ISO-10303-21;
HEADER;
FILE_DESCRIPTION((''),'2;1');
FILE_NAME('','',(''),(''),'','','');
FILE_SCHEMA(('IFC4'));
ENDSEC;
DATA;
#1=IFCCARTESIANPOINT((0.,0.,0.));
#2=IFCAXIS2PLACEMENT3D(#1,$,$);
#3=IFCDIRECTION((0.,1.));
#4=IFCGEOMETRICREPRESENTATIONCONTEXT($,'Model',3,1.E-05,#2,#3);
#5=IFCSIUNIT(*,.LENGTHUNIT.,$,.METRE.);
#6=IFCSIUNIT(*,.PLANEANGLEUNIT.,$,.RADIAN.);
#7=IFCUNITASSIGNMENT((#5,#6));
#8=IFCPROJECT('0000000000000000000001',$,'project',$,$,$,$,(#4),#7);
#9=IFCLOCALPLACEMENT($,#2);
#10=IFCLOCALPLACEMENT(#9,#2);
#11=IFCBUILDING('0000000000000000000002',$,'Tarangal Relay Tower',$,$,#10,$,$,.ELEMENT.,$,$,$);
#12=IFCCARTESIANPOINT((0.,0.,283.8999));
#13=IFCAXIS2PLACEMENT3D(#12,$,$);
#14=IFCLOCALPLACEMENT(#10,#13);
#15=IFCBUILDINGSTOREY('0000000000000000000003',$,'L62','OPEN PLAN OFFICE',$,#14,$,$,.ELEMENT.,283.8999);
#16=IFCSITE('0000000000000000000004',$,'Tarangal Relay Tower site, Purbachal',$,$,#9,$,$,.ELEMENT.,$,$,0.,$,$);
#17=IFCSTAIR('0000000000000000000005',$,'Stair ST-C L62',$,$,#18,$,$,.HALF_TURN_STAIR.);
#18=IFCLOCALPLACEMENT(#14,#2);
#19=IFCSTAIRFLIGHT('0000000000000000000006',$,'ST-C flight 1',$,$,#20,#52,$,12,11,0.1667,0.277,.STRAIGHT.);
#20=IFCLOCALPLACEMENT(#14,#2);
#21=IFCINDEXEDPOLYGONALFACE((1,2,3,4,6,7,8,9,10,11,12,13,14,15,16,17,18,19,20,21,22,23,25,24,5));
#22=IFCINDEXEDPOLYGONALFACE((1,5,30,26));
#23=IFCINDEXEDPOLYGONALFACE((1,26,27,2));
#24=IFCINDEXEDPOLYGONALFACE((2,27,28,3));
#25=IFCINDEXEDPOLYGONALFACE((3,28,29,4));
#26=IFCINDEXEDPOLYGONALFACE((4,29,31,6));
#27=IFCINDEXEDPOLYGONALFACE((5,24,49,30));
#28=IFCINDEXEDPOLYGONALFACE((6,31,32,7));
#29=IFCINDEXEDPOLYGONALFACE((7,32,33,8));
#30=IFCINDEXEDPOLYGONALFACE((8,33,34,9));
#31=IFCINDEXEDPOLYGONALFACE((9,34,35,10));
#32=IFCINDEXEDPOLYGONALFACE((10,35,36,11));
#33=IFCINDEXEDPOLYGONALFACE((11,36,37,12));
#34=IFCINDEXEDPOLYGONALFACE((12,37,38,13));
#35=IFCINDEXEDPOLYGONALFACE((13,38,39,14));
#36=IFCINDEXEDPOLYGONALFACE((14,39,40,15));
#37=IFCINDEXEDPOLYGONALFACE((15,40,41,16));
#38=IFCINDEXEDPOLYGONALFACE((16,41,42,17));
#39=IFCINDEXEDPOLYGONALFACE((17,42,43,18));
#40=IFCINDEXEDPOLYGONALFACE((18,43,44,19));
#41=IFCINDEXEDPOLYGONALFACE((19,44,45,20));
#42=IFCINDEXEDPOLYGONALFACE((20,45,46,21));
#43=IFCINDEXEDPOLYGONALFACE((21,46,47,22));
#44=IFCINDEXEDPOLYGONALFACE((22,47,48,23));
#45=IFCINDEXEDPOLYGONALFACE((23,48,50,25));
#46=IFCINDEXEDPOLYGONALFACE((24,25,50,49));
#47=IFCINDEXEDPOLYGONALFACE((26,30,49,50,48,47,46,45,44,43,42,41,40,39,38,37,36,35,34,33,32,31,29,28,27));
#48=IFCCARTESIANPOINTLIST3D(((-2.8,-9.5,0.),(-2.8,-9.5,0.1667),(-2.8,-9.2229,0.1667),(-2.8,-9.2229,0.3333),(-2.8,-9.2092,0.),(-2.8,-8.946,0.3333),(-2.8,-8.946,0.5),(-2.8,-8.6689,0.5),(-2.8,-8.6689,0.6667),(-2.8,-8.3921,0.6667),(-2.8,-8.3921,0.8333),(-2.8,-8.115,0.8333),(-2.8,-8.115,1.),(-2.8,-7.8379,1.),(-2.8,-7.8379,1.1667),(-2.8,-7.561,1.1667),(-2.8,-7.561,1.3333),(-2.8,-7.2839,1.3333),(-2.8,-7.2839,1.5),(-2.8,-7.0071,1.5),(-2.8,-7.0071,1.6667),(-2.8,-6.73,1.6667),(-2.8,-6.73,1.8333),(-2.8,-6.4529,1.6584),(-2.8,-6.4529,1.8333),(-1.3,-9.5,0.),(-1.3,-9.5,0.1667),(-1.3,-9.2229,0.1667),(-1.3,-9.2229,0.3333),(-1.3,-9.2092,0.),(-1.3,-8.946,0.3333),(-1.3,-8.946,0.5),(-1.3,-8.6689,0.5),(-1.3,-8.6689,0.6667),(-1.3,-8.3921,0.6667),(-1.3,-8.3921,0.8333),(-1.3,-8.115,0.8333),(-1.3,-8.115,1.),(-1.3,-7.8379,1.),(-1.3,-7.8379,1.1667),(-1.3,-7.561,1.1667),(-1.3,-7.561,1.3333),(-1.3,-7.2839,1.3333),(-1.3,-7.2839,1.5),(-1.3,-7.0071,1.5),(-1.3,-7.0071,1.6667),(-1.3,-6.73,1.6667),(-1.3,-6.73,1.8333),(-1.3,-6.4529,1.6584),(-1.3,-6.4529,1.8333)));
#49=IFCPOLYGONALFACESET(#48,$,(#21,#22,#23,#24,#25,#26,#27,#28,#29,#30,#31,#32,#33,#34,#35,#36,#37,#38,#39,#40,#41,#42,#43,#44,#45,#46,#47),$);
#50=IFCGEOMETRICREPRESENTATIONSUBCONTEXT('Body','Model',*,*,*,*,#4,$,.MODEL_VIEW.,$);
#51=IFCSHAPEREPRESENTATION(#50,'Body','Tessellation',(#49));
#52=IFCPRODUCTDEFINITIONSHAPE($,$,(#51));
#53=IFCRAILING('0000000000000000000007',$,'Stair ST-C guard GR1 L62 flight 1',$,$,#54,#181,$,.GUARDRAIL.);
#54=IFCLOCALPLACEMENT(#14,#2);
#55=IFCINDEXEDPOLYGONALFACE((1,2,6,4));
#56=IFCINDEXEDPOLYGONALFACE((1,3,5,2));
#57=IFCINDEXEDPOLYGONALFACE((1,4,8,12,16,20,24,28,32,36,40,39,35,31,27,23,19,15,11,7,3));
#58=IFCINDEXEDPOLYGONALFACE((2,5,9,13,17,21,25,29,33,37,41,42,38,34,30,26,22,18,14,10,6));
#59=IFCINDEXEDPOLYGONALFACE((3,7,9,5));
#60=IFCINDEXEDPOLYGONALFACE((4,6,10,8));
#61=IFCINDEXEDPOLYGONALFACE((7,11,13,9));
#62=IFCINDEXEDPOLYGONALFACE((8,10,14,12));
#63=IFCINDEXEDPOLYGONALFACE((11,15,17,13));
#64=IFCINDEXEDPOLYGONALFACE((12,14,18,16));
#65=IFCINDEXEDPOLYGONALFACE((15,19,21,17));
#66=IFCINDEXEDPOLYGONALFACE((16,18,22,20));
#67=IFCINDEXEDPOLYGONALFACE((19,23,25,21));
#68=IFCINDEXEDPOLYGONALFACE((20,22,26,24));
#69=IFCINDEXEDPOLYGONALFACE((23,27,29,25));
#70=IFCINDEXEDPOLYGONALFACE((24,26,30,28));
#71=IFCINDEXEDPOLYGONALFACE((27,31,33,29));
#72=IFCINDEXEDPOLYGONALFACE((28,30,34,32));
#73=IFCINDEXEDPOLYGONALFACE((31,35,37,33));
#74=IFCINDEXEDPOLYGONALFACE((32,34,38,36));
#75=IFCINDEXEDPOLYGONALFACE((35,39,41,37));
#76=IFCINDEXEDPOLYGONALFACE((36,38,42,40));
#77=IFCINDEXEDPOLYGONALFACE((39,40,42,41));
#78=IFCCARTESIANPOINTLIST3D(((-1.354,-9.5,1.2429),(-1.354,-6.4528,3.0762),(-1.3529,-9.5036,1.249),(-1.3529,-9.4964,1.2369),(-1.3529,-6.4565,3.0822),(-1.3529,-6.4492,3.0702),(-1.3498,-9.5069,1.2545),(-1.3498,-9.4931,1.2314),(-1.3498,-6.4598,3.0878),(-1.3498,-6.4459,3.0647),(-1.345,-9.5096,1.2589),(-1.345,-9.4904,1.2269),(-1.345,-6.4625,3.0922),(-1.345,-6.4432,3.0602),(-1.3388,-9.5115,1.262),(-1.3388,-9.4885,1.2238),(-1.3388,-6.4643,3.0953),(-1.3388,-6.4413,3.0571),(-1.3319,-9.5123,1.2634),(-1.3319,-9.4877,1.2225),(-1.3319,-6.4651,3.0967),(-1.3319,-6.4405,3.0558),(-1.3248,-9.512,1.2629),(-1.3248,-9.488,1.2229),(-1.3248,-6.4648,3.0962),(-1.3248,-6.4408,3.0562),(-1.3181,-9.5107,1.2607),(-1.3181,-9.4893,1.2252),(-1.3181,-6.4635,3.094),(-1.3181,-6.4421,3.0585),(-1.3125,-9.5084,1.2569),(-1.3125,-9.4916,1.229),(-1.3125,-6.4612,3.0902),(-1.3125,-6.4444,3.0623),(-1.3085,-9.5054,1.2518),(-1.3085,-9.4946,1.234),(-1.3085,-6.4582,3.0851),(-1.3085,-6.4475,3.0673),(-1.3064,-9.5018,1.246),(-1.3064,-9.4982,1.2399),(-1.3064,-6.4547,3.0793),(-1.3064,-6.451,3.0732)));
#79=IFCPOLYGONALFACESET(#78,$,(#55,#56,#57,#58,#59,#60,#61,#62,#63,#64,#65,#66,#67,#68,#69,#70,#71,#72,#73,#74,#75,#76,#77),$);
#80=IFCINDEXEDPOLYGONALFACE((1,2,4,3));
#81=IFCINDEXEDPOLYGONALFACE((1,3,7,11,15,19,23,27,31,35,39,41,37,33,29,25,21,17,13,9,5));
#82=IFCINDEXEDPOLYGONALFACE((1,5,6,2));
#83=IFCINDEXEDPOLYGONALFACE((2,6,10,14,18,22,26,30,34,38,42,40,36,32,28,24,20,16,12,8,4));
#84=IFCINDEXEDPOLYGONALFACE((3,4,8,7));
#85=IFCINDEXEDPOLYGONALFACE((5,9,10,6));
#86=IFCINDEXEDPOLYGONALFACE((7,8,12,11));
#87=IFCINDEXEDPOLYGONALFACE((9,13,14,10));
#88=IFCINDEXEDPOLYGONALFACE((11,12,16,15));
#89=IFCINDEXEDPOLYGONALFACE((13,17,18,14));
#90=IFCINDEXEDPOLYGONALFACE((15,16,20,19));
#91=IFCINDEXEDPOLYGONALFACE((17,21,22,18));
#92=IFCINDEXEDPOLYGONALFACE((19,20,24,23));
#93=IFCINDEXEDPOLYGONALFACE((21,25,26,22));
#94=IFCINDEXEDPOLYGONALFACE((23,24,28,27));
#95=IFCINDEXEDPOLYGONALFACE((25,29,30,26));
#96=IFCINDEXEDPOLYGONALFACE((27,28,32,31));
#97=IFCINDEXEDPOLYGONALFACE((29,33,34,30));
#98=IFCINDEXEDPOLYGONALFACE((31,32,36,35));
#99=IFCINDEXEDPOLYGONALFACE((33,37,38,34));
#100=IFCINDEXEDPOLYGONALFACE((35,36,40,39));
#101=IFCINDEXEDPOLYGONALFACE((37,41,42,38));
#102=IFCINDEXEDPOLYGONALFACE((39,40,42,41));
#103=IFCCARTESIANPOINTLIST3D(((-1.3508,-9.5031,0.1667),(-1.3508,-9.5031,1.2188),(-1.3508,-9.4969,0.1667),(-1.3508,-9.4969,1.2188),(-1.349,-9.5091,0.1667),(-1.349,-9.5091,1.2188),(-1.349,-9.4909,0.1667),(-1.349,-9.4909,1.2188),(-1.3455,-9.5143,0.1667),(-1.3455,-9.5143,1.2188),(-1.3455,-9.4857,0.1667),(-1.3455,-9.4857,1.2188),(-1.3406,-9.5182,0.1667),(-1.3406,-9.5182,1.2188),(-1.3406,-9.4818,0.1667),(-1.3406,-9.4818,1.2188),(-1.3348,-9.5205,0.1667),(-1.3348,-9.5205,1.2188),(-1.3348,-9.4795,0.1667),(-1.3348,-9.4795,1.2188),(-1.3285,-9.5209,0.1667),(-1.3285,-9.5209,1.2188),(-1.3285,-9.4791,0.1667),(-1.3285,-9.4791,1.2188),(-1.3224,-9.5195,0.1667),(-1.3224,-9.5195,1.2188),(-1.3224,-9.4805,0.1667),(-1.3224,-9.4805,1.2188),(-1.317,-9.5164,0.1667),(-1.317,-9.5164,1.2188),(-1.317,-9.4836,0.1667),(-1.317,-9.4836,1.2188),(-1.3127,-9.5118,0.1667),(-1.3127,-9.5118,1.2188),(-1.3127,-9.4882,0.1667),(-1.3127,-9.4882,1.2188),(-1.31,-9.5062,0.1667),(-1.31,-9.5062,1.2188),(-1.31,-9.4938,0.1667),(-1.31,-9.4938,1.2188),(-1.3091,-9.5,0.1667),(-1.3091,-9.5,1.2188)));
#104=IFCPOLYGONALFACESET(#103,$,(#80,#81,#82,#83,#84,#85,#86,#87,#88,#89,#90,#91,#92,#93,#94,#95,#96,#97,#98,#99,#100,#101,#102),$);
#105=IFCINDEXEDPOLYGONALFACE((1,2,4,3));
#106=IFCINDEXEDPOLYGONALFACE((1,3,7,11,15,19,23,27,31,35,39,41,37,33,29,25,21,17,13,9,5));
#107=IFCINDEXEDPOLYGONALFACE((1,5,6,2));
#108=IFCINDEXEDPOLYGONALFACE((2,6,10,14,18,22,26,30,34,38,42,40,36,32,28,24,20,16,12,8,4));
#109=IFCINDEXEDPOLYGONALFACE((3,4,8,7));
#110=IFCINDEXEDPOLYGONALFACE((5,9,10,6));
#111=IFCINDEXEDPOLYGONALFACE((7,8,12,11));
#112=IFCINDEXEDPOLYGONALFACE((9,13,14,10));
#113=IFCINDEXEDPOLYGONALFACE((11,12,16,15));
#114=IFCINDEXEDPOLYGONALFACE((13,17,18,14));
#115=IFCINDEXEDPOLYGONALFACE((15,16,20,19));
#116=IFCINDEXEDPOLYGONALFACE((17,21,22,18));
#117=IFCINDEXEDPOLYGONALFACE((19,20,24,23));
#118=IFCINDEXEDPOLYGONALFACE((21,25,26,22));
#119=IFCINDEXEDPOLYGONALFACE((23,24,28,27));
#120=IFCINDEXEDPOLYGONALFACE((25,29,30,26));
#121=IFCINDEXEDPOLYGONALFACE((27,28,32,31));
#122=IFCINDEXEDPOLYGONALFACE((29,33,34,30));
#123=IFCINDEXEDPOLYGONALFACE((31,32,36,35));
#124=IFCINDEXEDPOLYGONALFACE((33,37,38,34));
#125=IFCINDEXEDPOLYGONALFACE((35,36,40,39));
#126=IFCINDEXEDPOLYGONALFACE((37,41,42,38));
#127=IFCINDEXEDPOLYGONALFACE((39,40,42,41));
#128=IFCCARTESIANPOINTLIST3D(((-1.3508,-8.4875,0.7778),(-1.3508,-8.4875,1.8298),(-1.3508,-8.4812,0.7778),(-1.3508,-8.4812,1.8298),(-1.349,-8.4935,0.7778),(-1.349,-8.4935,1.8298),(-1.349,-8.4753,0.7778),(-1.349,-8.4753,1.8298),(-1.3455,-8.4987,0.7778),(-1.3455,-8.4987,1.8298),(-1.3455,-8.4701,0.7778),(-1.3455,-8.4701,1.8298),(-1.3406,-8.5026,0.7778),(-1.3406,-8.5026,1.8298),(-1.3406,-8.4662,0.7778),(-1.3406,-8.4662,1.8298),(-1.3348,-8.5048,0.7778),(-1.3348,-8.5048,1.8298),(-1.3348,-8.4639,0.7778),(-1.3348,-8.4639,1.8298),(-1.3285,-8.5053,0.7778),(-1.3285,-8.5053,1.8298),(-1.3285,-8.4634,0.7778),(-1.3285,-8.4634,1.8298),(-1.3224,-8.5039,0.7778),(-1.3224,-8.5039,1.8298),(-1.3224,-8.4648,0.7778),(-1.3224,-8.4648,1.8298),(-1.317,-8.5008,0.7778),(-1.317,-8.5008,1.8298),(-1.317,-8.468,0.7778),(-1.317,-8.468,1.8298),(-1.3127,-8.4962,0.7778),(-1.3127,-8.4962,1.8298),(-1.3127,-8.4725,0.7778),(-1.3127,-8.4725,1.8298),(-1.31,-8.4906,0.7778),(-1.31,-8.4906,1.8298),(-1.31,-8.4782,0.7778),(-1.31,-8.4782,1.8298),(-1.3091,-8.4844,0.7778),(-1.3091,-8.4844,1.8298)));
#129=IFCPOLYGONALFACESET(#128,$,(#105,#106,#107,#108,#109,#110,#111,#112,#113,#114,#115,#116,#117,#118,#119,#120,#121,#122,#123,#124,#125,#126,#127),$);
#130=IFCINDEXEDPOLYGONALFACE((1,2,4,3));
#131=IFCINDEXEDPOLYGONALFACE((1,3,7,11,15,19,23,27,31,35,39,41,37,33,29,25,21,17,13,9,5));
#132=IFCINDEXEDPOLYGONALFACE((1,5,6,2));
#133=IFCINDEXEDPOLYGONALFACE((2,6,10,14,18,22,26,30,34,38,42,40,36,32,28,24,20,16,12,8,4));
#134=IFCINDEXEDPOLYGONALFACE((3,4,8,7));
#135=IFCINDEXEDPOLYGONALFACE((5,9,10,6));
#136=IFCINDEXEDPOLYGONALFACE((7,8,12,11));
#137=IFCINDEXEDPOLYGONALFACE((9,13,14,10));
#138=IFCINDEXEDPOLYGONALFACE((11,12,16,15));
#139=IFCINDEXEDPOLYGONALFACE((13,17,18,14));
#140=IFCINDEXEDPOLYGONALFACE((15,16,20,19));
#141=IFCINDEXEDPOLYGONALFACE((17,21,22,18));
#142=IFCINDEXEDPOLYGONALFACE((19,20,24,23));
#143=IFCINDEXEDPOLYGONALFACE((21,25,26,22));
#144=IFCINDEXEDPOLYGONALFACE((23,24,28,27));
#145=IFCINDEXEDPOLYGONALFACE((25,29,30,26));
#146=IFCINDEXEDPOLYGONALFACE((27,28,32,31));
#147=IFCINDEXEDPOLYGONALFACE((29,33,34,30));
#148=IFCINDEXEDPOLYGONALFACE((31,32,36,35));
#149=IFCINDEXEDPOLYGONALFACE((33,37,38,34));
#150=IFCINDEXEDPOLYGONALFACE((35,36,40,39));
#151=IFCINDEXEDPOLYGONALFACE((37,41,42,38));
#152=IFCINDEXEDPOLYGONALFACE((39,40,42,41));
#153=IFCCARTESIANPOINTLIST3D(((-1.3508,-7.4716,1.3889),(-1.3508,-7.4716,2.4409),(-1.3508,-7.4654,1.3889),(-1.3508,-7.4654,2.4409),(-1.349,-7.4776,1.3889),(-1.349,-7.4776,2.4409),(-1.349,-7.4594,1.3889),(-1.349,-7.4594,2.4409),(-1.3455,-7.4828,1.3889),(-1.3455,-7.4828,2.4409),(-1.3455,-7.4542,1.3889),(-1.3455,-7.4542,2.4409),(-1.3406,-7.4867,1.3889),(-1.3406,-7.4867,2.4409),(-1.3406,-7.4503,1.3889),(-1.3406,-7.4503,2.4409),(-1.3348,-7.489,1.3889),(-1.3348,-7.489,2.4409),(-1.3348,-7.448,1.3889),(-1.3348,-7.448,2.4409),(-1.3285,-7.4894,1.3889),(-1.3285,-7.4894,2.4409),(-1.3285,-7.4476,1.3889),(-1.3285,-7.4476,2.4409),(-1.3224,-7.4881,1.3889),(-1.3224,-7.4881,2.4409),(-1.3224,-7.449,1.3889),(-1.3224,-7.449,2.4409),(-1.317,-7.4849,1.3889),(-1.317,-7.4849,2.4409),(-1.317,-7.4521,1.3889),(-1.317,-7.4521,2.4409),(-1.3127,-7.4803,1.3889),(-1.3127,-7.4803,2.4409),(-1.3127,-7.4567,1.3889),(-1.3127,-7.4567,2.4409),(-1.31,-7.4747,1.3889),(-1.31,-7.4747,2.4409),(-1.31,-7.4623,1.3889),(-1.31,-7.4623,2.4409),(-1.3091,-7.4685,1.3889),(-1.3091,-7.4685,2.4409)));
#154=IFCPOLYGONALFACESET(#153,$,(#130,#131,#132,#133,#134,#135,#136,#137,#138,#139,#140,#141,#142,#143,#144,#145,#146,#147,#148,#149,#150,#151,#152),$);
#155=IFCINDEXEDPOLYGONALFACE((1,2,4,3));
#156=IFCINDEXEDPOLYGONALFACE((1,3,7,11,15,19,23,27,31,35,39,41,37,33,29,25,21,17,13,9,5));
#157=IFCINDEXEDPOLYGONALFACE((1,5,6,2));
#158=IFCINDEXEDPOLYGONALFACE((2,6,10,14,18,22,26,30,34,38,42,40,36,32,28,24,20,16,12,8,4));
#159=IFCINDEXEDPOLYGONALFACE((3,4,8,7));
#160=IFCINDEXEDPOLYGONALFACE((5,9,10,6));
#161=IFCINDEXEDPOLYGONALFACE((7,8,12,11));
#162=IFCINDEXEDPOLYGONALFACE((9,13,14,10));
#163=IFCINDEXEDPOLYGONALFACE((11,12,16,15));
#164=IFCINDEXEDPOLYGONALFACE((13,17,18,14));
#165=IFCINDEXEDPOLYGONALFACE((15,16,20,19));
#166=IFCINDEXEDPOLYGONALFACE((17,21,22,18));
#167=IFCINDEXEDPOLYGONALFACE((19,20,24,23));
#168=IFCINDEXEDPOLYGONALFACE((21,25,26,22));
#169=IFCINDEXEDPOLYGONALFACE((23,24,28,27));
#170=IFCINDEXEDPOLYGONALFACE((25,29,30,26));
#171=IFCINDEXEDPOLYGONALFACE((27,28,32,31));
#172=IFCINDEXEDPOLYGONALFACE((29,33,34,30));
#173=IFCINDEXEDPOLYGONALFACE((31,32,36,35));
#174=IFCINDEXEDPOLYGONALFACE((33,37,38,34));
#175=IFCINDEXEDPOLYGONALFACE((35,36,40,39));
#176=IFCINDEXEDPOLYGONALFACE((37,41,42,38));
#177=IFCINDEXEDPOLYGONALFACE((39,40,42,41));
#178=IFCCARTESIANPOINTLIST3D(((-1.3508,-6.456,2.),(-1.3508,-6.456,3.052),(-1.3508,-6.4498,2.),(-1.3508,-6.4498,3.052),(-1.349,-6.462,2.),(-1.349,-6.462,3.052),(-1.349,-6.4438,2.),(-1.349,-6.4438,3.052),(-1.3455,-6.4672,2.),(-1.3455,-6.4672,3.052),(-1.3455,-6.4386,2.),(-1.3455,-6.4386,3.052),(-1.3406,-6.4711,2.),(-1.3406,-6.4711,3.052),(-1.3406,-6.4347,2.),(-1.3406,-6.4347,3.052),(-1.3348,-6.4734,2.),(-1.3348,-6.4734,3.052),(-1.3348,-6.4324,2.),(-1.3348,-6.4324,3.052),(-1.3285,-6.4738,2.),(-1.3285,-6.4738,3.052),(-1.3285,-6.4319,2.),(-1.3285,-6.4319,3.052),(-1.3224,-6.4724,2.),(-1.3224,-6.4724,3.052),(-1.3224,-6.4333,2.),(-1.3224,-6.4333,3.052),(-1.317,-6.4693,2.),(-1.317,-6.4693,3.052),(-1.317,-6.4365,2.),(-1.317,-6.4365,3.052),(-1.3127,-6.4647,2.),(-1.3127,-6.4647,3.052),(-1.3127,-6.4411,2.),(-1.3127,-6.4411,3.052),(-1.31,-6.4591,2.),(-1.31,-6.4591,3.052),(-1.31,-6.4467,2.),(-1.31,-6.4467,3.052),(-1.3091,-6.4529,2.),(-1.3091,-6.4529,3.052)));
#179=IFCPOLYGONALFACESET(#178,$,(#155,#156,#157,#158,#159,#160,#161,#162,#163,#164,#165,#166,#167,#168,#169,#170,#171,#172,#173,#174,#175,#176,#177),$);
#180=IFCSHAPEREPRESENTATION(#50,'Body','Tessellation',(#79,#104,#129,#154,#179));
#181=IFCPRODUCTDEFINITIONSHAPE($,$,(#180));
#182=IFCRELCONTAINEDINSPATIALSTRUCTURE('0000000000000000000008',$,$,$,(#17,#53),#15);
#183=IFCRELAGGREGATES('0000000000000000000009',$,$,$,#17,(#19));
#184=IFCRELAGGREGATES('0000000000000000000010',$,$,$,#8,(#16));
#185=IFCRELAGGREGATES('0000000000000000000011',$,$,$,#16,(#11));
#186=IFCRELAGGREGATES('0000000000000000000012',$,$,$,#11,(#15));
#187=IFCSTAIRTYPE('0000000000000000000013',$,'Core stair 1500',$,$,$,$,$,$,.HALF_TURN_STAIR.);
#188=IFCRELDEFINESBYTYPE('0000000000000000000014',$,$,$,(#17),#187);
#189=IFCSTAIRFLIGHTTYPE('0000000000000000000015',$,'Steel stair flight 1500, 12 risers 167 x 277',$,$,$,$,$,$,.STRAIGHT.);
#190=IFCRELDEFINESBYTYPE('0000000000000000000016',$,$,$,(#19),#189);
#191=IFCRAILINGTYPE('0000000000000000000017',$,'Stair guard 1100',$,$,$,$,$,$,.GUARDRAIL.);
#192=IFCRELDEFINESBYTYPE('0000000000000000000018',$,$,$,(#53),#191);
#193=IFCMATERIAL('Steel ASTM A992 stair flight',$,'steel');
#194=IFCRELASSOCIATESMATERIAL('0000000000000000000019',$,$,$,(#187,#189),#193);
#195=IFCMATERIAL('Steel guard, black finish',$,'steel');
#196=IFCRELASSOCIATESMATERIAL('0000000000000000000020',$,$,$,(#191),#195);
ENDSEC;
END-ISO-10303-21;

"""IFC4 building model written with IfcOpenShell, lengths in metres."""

from ifc_helpers import new_model, si_unit, direction, frame, origin, origin_2d, place, context, subcontext, project, spatial, polyline, circle, outline, extrude, material, type_object, element, aggregate, save


model = new_model("IFC4")

# Units and contexts
model_context = context("Model", 3, precision=1e-05, world=origin(), true_north=direction((0.0, 1.0)))
body_context = subcontext(model_context, "Body", "Model", "MODEL_VIEW")
ifc_project = project(units=[si_unit("LENGTHUNIT", "METRE"), si_unit("PLANEANGLEUNIT", "RADIAN")], contexts=[model_context])

# Site, building, storey
site_placement = place(None, origin())
site = spatial("IfcSite", under=ifc_project, at=site_placement, Name="Tarangal Relay Tower site, Purbachal", CompositionType="ELEMENT", RefElevation=0.0)
building_placement = place(site_placement, origin())
building = spatial("IfcBuilding", under=site, at=building_placement, Name="Tarangal Relay Tower", CompositionType="ELEMENT")
storey_placement = place(building_placement, frame((0.0, 0.0, 283.8999)))
storey = spatial("IfcBuildingStorey", under=building, at=storey_placement, Name="L62", Description="OPEN PLAN OFFICE", CompositionType="ELEMENT", Elevation=283.8999)

# Stair, stair flight
ifc_material_1 = material(Name="Steel ASTM A992 stair flight", Category="steel")
stair_type = type_object("IfcStairType", Name="Core stair 1500", PredefinedType="HALF_TURN_STAIR", material=ifc_material_1)
stair_placement = place(storey_placement, origin())
stair = element("IfcStair", 1, at=stair_placement, inside=storey, type_object=stair_type, Name="Stair ST-C L62", PredefinedType="HALF_TURN_STAIR")
stair_flight_type = type_object("IfcStairFlightType", Name="Steel stair flight 1500, 12 risers 167 x 277", PredefinedType="STRAIGHT", material=ifc_material_1)
stair_flight_placement = place(storey_placement, frame((-2.05, -9.5, 0.0), z_axis=(0.0, 0.0, 1.0), x_axis=(0.0, 1.0, 0.0)))
stair_flight = element("IfcStairFlight", 2, at=stair_flight_placement, type_object=stair_flight_type, Name="ST-C flight 1", NumberOfRisers=12, NumberOfTreads=11, PredefinedType="STRAIGHT", RiserHeight=0.1667, TreadLength=0.277, context=body_context, shape_type="SweptSolid", body=[
    extrude(outline(polyline([(0.0, 0.0), (0.0, 0.1667), (0.2771, 0.1667), (0.2771, 0.3333), (0.554, 0.3333), (0.554, 0.5), (0.8311, 0.5), (0.8311, 0.6667), (1.1079, 0.6667), (1.1079, 0.8333), (1.385, 0.8333), (1.385, 1.0), (1.6621, 1.0), (1.6621, 1.1667), (1.939, 1.1667), (1.939, 1.3333), (2.2161, 1.3333), (2.2161, 1.5), (2.4929, 1.5), (2.4929, 1.6667), (2.77, 1.6667), (2.77, 1.8333), (3.0471, 1.8333), (3.0471, 2.0), (3.0471, 1.6584), (0.2908, 0.0), (0.0, 0.0)])), frame((0.0, 0.75, 0.0), z_axis=(0.0, -1.0, 0.0), x_axis=(1.0, 0.0, 0.0)), (0.0, 0.0, 1.0), 1.5),
])
aggregate(stair, [stair_flight])

# Railing
ifc_material_2 = material(Name="Steel guard, black finish", Category="steel")
railing_type_1 = type_object("IfcRailingType", Name="Stair guard 1100", PredefinedType="GUARDRAIL", material=ifc_material_2)
railing_1_placement = place(storey_placement, frame((-1.3301, -9.5, 0.1667)))
element("IfcRailing", 3, at=railing_1_placement, inside=storey, type_object=railing_type_1, Name="Stair ST-C guard GR1 L62 flight 1", PredefinedType="GUARDRAIL", context=body_context, shape_type="SweptSolid", body=[
    extrude(circle(Radius=0.0239, at=origin_2d()), frame((0.0, 0.0, 1.0762), z_axis=(0.0, 0.856874, 0.515525), x_axis=(-1.0, 0.0, 0.0)), (0.0, 0.0, 1.0), 3.5562),
    extrude(circle(Radius=0.021, at=origin_2d()), origin(), (0.0, 0.0, 1.0), 1.052),
    extrude(circle(Radius=0.021, at=origin_2d()), frame((0.0, 1.0156, 0.6111)), (0.0, 0.0, 1.0), 1.052),
    extrude(circle(Radius=0.021, at=origin_2d()), frame((0.0, 2.0315, 1.2222)), (0.0, 0.0, 1.0), 1.052),
    extrude(circle(Radius=0.021, at=origin_2d()), frame((0.0, 3.0471, 1.8333)), (0.0, 0.0, 1.0), 1.052),
])

save(model, "model.ifc")
